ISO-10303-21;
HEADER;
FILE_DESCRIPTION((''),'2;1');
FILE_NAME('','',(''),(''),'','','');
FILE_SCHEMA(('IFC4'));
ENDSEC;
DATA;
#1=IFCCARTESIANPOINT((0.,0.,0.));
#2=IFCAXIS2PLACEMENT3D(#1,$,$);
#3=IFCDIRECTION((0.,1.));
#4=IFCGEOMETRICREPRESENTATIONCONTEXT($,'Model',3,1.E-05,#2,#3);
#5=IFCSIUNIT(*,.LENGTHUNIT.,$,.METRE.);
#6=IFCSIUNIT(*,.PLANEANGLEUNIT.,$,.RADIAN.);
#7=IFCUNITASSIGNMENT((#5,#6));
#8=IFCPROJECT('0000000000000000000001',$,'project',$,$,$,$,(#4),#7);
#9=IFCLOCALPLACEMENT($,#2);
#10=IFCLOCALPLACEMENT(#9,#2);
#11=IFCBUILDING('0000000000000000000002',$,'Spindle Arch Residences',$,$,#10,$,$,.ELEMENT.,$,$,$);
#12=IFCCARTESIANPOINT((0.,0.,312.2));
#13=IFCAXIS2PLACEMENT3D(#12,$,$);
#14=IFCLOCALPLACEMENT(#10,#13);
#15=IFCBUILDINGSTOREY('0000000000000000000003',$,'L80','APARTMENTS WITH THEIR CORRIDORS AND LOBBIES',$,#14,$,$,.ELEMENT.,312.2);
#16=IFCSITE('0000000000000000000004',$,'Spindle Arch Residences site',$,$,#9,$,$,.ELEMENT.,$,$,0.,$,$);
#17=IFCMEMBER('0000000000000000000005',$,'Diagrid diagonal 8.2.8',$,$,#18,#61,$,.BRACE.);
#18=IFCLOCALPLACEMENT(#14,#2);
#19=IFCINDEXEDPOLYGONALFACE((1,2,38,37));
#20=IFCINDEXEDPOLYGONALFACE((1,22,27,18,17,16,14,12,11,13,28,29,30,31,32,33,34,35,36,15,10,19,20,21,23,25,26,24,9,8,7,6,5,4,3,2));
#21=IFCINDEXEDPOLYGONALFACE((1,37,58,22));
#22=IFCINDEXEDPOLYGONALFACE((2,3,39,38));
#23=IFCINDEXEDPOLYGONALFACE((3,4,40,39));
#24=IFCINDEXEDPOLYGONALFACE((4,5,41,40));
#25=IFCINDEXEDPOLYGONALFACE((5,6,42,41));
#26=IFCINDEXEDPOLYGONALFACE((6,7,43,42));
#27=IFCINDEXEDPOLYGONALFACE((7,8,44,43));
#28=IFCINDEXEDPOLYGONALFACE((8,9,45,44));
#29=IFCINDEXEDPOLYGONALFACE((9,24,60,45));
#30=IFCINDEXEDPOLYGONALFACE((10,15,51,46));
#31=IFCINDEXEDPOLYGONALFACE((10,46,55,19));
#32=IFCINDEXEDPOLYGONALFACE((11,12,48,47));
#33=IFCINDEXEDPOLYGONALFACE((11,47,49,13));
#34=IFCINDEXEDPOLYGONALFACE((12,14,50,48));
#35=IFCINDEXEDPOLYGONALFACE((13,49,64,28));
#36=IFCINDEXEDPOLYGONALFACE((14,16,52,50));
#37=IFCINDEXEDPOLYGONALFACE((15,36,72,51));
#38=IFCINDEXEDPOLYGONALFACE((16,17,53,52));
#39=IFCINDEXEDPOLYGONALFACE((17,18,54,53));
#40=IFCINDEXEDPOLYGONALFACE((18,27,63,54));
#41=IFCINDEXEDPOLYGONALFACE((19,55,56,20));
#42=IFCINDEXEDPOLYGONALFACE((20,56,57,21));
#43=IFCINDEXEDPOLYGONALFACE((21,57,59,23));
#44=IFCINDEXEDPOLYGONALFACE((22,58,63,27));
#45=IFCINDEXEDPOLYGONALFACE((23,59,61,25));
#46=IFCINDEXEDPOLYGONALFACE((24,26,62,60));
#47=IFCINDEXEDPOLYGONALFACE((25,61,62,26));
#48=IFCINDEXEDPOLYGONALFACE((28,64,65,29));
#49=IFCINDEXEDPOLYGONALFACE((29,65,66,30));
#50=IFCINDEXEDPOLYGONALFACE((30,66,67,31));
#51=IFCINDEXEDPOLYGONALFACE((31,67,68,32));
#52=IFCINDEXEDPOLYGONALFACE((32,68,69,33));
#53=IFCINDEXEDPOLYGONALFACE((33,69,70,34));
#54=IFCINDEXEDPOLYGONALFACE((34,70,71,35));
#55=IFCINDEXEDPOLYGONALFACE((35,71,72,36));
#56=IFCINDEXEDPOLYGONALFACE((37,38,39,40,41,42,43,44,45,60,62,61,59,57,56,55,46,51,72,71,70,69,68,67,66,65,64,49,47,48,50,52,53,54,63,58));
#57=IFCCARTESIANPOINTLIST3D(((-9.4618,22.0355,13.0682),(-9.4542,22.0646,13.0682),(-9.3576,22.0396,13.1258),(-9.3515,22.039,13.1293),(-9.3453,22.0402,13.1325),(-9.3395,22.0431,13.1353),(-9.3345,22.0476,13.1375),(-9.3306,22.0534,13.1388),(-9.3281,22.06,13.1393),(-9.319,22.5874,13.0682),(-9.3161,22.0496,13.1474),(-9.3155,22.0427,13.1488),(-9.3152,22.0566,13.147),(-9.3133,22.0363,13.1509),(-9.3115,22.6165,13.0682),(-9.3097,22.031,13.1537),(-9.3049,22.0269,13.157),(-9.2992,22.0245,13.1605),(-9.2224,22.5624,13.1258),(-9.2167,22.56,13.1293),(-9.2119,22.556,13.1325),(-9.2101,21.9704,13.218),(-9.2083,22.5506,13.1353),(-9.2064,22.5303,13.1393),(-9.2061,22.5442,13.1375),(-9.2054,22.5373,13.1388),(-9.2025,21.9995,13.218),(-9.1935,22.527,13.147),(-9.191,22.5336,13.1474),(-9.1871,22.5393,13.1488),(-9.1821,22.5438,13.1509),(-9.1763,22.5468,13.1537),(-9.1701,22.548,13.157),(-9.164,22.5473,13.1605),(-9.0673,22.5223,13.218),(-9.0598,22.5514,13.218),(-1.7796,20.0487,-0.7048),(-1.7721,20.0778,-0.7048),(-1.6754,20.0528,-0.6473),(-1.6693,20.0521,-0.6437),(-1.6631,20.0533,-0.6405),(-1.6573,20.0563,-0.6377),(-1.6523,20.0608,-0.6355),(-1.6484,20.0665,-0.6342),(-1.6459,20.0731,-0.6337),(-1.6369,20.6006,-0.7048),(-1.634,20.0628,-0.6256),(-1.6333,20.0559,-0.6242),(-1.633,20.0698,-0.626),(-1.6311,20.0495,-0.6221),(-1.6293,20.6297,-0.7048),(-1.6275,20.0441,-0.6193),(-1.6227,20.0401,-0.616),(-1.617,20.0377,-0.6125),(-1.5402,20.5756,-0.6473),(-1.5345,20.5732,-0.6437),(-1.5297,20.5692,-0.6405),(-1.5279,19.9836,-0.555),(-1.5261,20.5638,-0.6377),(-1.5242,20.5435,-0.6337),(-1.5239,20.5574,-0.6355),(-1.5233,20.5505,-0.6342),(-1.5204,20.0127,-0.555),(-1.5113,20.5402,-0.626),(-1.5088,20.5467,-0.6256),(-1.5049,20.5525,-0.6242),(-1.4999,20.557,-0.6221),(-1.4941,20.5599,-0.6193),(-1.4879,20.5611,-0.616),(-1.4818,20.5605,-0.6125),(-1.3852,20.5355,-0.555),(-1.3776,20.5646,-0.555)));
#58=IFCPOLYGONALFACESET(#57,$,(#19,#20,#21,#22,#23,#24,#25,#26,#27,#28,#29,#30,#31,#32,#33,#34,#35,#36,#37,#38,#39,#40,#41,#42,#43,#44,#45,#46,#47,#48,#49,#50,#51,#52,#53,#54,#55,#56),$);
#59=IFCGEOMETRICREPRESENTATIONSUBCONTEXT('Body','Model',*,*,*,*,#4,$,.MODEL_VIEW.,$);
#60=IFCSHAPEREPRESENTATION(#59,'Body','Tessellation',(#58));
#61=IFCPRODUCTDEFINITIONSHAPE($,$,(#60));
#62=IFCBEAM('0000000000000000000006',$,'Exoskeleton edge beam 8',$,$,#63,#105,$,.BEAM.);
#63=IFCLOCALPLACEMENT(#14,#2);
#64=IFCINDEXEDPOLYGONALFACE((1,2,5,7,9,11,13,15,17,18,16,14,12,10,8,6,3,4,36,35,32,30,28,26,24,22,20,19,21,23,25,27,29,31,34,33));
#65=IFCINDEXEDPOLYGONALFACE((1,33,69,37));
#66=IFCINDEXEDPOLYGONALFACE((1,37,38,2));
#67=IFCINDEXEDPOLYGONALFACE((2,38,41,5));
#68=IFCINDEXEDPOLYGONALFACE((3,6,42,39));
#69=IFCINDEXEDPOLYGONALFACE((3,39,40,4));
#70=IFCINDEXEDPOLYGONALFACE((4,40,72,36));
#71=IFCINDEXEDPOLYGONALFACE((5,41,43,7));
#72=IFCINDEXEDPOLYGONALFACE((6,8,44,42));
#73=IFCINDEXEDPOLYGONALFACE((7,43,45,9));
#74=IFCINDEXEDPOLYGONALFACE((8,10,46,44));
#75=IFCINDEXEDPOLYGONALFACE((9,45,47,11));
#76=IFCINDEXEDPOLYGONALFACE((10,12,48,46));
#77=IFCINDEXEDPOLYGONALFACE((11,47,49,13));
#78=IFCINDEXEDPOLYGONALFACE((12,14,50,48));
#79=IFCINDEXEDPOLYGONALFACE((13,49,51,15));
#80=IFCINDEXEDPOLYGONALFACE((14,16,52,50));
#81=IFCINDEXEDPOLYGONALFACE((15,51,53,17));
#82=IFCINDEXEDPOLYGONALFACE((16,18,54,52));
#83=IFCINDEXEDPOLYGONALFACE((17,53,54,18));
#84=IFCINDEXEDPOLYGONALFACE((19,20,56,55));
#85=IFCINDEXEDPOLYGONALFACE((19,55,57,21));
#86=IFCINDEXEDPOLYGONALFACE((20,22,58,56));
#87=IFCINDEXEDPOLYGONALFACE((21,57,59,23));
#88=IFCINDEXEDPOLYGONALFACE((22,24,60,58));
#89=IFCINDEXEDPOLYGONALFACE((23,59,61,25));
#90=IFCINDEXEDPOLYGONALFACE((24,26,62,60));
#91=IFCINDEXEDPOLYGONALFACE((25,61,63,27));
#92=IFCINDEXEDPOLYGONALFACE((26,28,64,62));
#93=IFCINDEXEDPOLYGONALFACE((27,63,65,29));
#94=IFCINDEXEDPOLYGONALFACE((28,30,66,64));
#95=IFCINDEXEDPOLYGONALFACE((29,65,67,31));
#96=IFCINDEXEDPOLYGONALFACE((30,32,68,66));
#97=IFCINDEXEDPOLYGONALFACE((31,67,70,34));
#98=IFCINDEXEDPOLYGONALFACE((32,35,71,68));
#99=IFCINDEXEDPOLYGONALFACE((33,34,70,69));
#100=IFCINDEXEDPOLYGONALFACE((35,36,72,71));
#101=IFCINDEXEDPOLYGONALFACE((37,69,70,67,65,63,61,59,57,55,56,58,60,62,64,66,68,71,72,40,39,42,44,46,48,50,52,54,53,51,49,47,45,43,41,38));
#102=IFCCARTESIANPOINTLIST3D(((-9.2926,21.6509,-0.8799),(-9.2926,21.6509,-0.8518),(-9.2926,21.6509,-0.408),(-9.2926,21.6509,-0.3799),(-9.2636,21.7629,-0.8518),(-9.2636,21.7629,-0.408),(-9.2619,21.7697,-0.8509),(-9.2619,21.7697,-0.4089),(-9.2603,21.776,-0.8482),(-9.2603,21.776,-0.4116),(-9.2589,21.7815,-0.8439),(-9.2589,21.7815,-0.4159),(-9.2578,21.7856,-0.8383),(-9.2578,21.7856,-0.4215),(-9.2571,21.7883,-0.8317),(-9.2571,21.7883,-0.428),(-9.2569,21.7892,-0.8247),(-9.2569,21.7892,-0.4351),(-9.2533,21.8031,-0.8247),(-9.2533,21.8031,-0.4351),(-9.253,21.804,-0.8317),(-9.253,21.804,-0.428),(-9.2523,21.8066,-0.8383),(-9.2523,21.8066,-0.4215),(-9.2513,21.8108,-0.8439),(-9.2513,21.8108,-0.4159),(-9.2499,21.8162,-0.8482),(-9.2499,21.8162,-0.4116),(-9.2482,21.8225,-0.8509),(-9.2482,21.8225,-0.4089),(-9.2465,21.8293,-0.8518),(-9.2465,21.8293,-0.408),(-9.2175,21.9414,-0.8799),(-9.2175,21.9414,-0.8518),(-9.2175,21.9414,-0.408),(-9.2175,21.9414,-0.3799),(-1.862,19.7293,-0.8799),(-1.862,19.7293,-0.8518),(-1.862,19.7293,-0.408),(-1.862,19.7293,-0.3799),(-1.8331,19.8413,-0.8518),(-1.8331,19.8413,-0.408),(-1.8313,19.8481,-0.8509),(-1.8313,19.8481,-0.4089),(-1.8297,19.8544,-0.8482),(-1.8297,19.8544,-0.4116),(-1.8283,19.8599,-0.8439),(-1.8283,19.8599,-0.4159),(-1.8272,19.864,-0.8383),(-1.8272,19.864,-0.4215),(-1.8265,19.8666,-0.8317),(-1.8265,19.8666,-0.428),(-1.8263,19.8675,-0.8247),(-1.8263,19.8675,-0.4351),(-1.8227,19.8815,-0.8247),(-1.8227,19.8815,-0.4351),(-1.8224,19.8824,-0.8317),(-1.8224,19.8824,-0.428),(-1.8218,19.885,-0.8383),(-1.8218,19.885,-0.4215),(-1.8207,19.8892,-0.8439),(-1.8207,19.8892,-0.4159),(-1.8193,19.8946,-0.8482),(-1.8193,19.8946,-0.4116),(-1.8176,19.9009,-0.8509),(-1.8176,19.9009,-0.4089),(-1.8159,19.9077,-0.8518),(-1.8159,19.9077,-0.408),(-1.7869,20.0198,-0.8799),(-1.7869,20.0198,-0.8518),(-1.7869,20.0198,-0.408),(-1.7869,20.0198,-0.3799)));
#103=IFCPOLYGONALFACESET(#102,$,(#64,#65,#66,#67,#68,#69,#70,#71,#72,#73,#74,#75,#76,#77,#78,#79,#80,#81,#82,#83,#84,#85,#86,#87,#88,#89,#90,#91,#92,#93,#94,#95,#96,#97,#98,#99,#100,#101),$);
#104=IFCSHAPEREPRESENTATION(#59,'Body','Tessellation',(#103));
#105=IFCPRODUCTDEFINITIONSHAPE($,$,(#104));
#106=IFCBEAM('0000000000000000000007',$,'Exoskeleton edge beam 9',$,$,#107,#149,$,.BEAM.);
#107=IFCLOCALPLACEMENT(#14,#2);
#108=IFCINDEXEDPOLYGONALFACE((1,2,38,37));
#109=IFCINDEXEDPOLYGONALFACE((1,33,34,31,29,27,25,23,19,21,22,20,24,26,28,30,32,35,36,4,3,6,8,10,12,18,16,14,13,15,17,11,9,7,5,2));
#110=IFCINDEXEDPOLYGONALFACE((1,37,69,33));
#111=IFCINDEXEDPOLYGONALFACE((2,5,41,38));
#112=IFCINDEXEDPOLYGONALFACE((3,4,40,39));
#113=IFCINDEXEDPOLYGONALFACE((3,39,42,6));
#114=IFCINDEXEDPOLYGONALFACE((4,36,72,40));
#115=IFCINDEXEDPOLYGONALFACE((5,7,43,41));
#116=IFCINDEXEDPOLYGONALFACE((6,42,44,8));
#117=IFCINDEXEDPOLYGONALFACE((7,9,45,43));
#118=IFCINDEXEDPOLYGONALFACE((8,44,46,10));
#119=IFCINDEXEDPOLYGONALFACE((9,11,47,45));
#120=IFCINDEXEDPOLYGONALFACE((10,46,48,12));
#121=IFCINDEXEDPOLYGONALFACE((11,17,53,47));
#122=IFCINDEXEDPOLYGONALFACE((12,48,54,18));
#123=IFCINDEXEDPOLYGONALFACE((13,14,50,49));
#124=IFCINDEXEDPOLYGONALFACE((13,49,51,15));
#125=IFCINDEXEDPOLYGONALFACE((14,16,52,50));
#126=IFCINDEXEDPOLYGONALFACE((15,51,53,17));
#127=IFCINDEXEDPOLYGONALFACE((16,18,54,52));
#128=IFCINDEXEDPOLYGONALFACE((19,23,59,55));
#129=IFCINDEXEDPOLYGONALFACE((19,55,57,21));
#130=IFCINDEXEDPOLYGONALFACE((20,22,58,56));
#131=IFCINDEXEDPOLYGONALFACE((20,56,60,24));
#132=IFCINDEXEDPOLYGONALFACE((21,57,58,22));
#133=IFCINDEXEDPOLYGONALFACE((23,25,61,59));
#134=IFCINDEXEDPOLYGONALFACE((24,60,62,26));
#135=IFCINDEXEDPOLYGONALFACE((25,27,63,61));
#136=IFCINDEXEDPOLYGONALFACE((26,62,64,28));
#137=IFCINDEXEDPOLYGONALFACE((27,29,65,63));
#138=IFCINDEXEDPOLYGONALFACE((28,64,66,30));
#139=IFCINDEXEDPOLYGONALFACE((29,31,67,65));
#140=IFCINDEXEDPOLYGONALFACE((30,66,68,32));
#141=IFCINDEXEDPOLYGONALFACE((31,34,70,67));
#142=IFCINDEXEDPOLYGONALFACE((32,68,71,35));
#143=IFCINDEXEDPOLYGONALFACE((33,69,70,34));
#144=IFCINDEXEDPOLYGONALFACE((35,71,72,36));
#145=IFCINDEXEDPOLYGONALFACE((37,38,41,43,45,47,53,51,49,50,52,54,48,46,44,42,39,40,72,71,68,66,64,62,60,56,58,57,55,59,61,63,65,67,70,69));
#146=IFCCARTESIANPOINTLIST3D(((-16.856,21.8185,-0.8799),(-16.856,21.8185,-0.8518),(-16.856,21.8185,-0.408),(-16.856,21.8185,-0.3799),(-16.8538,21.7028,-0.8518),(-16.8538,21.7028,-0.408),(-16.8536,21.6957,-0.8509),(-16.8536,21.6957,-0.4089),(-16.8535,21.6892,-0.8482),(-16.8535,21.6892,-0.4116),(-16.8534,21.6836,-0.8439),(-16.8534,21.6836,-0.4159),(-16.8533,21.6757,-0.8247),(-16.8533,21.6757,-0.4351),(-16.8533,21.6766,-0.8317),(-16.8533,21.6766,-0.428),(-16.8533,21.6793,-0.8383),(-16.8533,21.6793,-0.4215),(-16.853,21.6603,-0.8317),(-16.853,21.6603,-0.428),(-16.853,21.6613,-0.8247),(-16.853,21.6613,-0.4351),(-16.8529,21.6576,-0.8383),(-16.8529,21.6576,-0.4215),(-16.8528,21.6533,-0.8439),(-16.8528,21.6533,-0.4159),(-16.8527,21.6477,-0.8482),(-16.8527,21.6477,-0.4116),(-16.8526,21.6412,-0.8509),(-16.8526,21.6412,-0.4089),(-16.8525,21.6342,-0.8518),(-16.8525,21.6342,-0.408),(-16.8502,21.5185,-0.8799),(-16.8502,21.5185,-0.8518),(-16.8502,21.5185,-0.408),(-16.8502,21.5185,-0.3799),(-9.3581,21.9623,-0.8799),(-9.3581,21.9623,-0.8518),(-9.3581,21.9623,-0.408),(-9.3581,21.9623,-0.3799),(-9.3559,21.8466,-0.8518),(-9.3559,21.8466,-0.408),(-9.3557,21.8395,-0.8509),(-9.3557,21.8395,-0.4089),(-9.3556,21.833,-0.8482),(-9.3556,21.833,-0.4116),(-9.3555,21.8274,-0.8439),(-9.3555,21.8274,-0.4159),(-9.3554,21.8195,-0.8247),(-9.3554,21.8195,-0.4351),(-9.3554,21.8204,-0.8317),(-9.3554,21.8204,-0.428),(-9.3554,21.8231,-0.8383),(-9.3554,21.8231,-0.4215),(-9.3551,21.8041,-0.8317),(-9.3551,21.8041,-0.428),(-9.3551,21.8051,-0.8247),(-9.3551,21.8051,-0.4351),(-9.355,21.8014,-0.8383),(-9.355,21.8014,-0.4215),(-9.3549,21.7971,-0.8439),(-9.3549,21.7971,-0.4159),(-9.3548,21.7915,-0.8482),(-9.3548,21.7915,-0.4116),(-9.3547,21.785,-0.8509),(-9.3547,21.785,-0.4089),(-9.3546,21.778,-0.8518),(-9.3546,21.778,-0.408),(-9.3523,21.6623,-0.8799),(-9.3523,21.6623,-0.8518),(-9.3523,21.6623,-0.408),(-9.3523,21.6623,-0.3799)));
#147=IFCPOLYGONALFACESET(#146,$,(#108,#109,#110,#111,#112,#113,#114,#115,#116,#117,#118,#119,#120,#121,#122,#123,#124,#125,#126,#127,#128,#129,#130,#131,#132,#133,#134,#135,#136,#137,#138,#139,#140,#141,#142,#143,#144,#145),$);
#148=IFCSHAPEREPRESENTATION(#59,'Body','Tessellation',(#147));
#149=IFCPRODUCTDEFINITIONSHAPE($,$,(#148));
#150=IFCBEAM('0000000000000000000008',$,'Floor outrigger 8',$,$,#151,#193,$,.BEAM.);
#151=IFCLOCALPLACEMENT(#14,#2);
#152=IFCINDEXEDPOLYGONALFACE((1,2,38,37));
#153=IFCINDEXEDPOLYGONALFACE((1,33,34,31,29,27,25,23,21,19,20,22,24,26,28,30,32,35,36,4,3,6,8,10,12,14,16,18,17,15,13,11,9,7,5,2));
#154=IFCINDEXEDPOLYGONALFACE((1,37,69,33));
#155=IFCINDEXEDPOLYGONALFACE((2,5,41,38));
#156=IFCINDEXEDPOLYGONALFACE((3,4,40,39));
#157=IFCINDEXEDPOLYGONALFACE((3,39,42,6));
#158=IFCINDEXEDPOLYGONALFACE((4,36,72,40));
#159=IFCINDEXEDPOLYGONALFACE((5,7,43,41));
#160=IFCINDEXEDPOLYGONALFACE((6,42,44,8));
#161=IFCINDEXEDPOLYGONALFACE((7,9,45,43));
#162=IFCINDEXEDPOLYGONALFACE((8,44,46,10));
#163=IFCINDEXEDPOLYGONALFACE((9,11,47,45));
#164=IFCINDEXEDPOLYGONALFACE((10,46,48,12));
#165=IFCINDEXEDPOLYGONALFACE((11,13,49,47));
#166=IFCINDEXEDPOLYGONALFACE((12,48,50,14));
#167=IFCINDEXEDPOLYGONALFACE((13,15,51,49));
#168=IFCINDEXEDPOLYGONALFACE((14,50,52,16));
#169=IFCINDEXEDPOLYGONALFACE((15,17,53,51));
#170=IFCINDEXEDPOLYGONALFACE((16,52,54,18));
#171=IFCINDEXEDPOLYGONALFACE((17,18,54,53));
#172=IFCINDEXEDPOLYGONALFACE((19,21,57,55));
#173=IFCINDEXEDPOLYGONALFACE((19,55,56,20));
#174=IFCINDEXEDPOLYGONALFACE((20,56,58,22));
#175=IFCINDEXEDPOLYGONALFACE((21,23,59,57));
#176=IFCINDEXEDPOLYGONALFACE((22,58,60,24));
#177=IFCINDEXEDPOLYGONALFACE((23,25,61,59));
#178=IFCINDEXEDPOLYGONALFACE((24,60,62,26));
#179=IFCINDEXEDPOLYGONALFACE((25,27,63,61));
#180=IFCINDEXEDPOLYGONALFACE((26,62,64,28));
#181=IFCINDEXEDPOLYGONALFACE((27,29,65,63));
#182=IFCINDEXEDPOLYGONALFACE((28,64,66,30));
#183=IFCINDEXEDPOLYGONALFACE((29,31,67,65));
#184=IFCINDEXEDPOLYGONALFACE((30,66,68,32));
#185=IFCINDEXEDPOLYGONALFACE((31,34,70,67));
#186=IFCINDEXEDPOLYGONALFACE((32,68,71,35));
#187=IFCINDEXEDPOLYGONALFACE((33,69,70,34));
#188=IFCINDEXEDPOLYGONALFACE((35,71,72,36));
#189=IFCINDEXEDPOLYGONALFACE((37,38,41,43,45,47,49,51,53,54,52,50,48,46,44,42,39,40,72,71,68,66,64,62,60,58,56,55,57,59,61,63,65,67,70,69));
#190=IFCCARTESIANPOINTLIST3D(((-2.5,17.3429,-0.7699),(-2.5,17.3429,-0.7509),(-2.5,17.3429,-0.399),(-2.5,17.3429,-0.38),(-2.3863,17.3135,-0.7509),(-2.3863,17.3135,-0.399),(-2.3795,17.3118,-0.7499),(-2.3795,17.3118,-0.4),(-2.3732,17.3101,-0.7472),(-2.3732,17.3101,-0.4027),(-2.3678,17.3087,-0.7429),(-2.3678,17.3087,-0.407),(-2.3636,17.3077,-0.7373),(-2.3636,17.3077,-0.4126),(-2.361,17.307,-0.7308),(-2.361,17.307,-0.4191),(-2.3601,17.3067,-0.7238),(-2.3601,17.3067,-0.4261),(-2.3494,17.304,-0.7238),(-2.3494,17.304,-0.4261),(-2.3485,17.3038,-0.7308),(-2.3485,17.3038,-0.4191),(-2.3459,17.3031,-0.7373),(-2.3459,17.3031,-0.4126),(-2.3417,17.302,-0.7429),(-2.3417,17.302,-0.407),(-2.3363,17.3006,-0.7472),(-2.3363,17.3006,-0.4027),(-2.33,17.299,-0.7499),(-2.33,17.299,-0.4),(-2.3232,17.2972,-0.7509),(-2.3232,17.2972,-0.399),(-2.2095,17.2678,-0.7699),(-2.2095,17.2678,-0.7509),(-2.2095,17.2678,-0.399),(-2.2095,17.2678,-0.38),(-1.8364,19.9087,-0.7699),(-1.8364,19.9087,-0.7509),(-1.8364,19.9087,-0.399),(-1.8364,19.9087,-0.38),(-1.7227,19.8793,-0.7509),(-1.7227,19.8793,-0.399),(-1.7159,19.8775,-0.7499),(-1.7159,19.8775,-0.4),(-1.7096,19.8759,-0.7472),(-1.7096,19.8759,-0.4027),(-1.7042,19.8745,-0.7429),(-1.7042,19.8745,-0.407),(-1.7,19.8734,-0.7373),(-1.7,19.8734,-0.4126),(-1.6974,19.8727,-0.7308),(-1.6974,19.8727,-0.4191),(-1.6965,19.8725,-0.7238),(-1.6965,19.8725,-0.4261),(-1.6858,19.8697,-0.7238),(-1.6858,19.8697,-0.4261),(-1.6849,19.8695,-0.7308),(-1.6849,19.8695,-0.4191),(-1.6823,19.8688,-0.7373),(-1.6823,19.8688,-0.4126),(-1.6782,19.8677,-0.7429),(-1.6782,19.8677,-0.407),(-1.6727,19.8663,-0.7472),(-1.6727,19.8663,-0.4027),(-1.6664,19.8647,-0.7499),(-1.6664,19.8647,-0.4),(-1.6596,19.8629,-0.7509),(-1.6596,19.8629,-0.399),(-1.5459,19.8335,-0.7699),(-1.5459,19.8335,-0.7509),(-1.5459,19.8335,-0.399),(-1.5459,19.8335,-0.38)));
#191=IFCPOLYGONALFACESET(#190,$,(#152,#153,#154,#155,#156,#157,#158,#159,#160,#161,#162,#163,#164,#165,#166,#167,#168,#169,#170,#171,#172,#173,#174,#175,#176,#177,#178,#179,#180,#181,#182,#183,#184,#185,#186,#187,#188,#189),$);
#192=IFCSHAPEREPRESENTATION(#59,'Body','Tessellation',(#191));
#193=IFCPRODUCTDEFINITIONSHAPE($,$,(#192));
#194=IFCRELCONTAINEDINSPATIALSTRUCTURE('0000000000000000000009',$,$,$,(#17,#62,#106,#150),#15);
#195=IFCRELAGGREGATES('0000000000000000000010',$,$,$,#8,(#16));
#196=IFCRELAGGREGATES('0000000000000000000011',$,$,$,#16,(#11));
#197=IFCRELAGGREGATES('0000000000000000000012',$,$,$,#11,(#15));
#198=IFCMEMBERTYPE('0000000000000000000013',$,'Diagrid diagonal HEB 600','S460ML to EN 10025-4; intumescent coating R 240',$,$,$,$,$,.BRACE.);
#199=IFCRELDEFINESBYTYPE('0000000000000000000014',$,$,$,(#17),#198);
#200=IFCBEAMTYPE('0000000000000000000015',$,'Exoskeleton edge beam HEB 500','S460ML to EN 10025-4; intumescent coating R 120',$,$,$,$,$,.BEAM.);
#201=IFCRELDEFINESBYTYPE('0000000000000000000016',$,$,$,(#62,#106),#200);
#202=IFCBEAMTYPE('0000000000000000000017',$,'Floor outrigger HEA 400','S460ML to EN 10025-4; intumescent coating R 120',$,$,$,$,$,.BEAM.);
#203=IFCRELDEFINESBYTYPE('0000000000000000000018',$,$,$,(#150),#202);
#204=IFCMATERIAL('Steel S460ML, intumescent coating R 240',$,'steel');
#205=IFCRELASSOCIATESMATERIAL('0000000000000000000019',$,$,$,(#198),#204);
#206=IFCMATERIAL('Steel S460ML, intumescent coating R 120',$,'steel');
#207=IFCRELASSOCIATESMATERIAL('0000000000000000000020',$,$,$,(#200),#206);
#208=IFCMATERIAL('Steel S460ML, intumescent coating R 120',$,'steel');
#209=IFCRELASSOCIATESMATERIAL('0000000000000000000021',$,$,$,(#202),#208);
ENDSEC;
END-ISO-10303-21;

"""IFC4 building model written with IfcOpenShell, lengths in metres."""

from ifc_helpers import new_model, si_unit, direction, frame, origin, origin_2d, place, context, subcontext, project, spatial, i_section, extrude, material, material_profile, profile_set, type_object, element, save


model = new_model("IFC4")

# Units and contexts
model_context = context("Model", 3, precision=1e-05, world=origin(), true_north=direction((0.0, 1.0)))
body_context = subcontext(model_context, "Body", "Model", "MODEL_VIEW")
ifc_project = project(units=[si_unit("LENGTHUNIT", "METRE"), si_unit("PLANEANGLEUNIT", "RADIAN")], contexts=[model_context])

# Site, building, storey
site_placement = place(None, origin())
site = spatial("IfcSite", under=ifc_project, at=site_placement, Name="Spindle Arch Residences site", CompositionType="ELEMENT", RefElevation=0.0)
building_placement = place(site_placement, origin())
building = spatial("IfcBuilding", under=site, at=building_placement, Name="Spindle Arch Residences", CompositionType="ELEMENT")
storey_placement = place(building_placement, frame((0.0, 0.0, 312.2)))
storey = spatial("IfcBuildingStorey", under=building, at=storey_placement, Name="L80", Description="APARTMENTS WITH THEIR CORRIDORS AND LOBBIES", CompositionType="ELEMENT", Elevation=312.2)

# Member
ifc_material_1 = material(Name="Steel S460ML, intumescent coating R 240", Category="steel")
ifc_material_profile_1 = material_profile(ifc_material_1, i_section(OverallWidth=0.3, OverallDepth=0.6001, WebThickness=0.0154, FlangeThickness=0.03, FilletRadius=0.0271, at=origin_2d()), Name="HEB 600")
ifc_profile_set_1 = profile_set([ifc_material_profile_1], Name="Steel S460ML, intumescent coating R 240")
member_type_1 = type_object("IfcMemberType", Name="Diagrid diagonal HEB 600", Description="S460ML to EN 10025-4; intumescent coating R 240", PredefinedType="BRACE", material=ifc_profile_set_1)
member_1_placement = place(storey_placement, frame((-1.5786, 20.3066, -0.6299), z_axis=(-0.483299, 0.124995, 0.866486), x_axis=(0.838884, -0.216959, 0.499201)))
element("IfcMember", 1, at=member_1_placement, inside=storey, type_object=member_type_1, Name="Diagrid diagonal 8.2.8", PredefinedType="BRACE", context=body_context, shape_type="SweptSolid", body=[
    extrude(i_section(OverallWidth=0.3, OverallDepth=0.6001, WebThickness=0.0154, FlangeThickness=0.03, FilletRadius=0.0271, at=origin_2d()), origin(), (0.0, 0.0, 1.0), 15.8953),
])

# Beams
ifc_material_2 = material(Name="Steel S460ML, intumescent coating R 120", Category="steel")
ifc_material_profile_2 = material_profile(ifc_material_2, i_section(OverallWidth=0.3, OverallDepth=0.5, WebThickness=0.0144, FlangeThickness=0.0281, FilletRadius=0.0271, at=origin_2d()), Name="HEB 500")
ifc_profile_set_2 = profile_set([ifc_material_profile_2], Name="Steel S460ML, intumescent coating R 120")
beam_type_1 = type_object("IfcBeamType", Name="Exoskeleton edge beam HEB 500", Description="S460ML to EN 10025-4; intumescent coating R 120", PredefinedType="BEAM", material=ifc_profile_set_2)
beam_1_placement = place(storey_placement, frame((-1.8245, 19.8745, -0.6299), z_axis=(-0.96815, 0.250372, 0.0), x_axis=(-0.250372, -0.96815, 0.0)))
element("IfcBeam", 2, at=beam_1_placement, inside=storey, type_object=beam_type_1, Name="Exoskeleton edge beam 8", PredefinedType="BEAM", context=body_context, shape_type="SweptSolid", body=[
    extrude(i_section(OverallWidth=0.3, OverallDepth=0.5, WebThickness=0.0144, FlangeThickness=0.0281, FilletRadius=0.0271, at=origin_2d()), origin(), (0.0, 0.0, 1.0), 7.675),
])
beam_2_placement = place(storey_placement, frame((-9.3552, 21.8123, -0.6299), z_axis=(-0.999816, -0.019175, 0.0), x_axis=(0.019175, -0.999816, 0.0)))
element("IfcBeam", 3, at=beam_2_placement, inside=storey, type_object=beam_type_1, Name="Exoskeleton edge beam 9", PredefinedType="BEAM", context=body_context, shape_type="SweptSolid", body=[
    extrude(i_section(OverallWidth=0.3, OverallDepth=0.5, WebThickness=0.0144, FlangeThickness=0.0281, FilletRadius=0.0271, at=origin_2d()), origin(), (0.0, 0.0, 1.0), 7.4993),
])
ifc_material_3 = material(Name="Steel S460ML, intumescent coating R 120", Category="steel")
ifc_material_profile_3 = material_profile(ifc_material_3, i_section(OverallWidth=0.3, OverallDepth=0.3899, WebThickness=0.011, FlangeThickness=0.019, FilletRadius=0.0271, at=origin_2d()), Name="HEA 400")
ifc_profile_set_3 = profile_set([ifc_material_profile_3], Name="Steel S460ML, intumescent coating R 120")
beam_type_2 = type_object("IfcBeamType", Name="Floor outrigger HEA 400", Description="S460ML to EN 10025-4; intumescent coating R 120", PredefinedType="BEAM", material=ifc_profile_set_3)
beam_3_placement = place(storey_placement, frame((-1.6912, 19.8711, -0.575), z_axis=(-0.250396, -0.968143, 0.0), x_axis=(0.968143, -0.250396, 0.0)))
element("IfcBeam", 4, at=beam_3_placement, inside=storey, type_object=beam_type_2, Name="Floor outrigger 8", PredefinedType="BEAM", context=body_context, shape_type="SweptSolid", body=[
    extrude(i_section(OverallWidth=0.3, OverallDepth=0.3899, WebThickness=0.011, FlangeThickness=0.019, FilletRadius=0.0271, at=origin_2d()), origin(), (0.0, 0.0, 1.0), 2.6501),
])

save(model, "model.ifc")
